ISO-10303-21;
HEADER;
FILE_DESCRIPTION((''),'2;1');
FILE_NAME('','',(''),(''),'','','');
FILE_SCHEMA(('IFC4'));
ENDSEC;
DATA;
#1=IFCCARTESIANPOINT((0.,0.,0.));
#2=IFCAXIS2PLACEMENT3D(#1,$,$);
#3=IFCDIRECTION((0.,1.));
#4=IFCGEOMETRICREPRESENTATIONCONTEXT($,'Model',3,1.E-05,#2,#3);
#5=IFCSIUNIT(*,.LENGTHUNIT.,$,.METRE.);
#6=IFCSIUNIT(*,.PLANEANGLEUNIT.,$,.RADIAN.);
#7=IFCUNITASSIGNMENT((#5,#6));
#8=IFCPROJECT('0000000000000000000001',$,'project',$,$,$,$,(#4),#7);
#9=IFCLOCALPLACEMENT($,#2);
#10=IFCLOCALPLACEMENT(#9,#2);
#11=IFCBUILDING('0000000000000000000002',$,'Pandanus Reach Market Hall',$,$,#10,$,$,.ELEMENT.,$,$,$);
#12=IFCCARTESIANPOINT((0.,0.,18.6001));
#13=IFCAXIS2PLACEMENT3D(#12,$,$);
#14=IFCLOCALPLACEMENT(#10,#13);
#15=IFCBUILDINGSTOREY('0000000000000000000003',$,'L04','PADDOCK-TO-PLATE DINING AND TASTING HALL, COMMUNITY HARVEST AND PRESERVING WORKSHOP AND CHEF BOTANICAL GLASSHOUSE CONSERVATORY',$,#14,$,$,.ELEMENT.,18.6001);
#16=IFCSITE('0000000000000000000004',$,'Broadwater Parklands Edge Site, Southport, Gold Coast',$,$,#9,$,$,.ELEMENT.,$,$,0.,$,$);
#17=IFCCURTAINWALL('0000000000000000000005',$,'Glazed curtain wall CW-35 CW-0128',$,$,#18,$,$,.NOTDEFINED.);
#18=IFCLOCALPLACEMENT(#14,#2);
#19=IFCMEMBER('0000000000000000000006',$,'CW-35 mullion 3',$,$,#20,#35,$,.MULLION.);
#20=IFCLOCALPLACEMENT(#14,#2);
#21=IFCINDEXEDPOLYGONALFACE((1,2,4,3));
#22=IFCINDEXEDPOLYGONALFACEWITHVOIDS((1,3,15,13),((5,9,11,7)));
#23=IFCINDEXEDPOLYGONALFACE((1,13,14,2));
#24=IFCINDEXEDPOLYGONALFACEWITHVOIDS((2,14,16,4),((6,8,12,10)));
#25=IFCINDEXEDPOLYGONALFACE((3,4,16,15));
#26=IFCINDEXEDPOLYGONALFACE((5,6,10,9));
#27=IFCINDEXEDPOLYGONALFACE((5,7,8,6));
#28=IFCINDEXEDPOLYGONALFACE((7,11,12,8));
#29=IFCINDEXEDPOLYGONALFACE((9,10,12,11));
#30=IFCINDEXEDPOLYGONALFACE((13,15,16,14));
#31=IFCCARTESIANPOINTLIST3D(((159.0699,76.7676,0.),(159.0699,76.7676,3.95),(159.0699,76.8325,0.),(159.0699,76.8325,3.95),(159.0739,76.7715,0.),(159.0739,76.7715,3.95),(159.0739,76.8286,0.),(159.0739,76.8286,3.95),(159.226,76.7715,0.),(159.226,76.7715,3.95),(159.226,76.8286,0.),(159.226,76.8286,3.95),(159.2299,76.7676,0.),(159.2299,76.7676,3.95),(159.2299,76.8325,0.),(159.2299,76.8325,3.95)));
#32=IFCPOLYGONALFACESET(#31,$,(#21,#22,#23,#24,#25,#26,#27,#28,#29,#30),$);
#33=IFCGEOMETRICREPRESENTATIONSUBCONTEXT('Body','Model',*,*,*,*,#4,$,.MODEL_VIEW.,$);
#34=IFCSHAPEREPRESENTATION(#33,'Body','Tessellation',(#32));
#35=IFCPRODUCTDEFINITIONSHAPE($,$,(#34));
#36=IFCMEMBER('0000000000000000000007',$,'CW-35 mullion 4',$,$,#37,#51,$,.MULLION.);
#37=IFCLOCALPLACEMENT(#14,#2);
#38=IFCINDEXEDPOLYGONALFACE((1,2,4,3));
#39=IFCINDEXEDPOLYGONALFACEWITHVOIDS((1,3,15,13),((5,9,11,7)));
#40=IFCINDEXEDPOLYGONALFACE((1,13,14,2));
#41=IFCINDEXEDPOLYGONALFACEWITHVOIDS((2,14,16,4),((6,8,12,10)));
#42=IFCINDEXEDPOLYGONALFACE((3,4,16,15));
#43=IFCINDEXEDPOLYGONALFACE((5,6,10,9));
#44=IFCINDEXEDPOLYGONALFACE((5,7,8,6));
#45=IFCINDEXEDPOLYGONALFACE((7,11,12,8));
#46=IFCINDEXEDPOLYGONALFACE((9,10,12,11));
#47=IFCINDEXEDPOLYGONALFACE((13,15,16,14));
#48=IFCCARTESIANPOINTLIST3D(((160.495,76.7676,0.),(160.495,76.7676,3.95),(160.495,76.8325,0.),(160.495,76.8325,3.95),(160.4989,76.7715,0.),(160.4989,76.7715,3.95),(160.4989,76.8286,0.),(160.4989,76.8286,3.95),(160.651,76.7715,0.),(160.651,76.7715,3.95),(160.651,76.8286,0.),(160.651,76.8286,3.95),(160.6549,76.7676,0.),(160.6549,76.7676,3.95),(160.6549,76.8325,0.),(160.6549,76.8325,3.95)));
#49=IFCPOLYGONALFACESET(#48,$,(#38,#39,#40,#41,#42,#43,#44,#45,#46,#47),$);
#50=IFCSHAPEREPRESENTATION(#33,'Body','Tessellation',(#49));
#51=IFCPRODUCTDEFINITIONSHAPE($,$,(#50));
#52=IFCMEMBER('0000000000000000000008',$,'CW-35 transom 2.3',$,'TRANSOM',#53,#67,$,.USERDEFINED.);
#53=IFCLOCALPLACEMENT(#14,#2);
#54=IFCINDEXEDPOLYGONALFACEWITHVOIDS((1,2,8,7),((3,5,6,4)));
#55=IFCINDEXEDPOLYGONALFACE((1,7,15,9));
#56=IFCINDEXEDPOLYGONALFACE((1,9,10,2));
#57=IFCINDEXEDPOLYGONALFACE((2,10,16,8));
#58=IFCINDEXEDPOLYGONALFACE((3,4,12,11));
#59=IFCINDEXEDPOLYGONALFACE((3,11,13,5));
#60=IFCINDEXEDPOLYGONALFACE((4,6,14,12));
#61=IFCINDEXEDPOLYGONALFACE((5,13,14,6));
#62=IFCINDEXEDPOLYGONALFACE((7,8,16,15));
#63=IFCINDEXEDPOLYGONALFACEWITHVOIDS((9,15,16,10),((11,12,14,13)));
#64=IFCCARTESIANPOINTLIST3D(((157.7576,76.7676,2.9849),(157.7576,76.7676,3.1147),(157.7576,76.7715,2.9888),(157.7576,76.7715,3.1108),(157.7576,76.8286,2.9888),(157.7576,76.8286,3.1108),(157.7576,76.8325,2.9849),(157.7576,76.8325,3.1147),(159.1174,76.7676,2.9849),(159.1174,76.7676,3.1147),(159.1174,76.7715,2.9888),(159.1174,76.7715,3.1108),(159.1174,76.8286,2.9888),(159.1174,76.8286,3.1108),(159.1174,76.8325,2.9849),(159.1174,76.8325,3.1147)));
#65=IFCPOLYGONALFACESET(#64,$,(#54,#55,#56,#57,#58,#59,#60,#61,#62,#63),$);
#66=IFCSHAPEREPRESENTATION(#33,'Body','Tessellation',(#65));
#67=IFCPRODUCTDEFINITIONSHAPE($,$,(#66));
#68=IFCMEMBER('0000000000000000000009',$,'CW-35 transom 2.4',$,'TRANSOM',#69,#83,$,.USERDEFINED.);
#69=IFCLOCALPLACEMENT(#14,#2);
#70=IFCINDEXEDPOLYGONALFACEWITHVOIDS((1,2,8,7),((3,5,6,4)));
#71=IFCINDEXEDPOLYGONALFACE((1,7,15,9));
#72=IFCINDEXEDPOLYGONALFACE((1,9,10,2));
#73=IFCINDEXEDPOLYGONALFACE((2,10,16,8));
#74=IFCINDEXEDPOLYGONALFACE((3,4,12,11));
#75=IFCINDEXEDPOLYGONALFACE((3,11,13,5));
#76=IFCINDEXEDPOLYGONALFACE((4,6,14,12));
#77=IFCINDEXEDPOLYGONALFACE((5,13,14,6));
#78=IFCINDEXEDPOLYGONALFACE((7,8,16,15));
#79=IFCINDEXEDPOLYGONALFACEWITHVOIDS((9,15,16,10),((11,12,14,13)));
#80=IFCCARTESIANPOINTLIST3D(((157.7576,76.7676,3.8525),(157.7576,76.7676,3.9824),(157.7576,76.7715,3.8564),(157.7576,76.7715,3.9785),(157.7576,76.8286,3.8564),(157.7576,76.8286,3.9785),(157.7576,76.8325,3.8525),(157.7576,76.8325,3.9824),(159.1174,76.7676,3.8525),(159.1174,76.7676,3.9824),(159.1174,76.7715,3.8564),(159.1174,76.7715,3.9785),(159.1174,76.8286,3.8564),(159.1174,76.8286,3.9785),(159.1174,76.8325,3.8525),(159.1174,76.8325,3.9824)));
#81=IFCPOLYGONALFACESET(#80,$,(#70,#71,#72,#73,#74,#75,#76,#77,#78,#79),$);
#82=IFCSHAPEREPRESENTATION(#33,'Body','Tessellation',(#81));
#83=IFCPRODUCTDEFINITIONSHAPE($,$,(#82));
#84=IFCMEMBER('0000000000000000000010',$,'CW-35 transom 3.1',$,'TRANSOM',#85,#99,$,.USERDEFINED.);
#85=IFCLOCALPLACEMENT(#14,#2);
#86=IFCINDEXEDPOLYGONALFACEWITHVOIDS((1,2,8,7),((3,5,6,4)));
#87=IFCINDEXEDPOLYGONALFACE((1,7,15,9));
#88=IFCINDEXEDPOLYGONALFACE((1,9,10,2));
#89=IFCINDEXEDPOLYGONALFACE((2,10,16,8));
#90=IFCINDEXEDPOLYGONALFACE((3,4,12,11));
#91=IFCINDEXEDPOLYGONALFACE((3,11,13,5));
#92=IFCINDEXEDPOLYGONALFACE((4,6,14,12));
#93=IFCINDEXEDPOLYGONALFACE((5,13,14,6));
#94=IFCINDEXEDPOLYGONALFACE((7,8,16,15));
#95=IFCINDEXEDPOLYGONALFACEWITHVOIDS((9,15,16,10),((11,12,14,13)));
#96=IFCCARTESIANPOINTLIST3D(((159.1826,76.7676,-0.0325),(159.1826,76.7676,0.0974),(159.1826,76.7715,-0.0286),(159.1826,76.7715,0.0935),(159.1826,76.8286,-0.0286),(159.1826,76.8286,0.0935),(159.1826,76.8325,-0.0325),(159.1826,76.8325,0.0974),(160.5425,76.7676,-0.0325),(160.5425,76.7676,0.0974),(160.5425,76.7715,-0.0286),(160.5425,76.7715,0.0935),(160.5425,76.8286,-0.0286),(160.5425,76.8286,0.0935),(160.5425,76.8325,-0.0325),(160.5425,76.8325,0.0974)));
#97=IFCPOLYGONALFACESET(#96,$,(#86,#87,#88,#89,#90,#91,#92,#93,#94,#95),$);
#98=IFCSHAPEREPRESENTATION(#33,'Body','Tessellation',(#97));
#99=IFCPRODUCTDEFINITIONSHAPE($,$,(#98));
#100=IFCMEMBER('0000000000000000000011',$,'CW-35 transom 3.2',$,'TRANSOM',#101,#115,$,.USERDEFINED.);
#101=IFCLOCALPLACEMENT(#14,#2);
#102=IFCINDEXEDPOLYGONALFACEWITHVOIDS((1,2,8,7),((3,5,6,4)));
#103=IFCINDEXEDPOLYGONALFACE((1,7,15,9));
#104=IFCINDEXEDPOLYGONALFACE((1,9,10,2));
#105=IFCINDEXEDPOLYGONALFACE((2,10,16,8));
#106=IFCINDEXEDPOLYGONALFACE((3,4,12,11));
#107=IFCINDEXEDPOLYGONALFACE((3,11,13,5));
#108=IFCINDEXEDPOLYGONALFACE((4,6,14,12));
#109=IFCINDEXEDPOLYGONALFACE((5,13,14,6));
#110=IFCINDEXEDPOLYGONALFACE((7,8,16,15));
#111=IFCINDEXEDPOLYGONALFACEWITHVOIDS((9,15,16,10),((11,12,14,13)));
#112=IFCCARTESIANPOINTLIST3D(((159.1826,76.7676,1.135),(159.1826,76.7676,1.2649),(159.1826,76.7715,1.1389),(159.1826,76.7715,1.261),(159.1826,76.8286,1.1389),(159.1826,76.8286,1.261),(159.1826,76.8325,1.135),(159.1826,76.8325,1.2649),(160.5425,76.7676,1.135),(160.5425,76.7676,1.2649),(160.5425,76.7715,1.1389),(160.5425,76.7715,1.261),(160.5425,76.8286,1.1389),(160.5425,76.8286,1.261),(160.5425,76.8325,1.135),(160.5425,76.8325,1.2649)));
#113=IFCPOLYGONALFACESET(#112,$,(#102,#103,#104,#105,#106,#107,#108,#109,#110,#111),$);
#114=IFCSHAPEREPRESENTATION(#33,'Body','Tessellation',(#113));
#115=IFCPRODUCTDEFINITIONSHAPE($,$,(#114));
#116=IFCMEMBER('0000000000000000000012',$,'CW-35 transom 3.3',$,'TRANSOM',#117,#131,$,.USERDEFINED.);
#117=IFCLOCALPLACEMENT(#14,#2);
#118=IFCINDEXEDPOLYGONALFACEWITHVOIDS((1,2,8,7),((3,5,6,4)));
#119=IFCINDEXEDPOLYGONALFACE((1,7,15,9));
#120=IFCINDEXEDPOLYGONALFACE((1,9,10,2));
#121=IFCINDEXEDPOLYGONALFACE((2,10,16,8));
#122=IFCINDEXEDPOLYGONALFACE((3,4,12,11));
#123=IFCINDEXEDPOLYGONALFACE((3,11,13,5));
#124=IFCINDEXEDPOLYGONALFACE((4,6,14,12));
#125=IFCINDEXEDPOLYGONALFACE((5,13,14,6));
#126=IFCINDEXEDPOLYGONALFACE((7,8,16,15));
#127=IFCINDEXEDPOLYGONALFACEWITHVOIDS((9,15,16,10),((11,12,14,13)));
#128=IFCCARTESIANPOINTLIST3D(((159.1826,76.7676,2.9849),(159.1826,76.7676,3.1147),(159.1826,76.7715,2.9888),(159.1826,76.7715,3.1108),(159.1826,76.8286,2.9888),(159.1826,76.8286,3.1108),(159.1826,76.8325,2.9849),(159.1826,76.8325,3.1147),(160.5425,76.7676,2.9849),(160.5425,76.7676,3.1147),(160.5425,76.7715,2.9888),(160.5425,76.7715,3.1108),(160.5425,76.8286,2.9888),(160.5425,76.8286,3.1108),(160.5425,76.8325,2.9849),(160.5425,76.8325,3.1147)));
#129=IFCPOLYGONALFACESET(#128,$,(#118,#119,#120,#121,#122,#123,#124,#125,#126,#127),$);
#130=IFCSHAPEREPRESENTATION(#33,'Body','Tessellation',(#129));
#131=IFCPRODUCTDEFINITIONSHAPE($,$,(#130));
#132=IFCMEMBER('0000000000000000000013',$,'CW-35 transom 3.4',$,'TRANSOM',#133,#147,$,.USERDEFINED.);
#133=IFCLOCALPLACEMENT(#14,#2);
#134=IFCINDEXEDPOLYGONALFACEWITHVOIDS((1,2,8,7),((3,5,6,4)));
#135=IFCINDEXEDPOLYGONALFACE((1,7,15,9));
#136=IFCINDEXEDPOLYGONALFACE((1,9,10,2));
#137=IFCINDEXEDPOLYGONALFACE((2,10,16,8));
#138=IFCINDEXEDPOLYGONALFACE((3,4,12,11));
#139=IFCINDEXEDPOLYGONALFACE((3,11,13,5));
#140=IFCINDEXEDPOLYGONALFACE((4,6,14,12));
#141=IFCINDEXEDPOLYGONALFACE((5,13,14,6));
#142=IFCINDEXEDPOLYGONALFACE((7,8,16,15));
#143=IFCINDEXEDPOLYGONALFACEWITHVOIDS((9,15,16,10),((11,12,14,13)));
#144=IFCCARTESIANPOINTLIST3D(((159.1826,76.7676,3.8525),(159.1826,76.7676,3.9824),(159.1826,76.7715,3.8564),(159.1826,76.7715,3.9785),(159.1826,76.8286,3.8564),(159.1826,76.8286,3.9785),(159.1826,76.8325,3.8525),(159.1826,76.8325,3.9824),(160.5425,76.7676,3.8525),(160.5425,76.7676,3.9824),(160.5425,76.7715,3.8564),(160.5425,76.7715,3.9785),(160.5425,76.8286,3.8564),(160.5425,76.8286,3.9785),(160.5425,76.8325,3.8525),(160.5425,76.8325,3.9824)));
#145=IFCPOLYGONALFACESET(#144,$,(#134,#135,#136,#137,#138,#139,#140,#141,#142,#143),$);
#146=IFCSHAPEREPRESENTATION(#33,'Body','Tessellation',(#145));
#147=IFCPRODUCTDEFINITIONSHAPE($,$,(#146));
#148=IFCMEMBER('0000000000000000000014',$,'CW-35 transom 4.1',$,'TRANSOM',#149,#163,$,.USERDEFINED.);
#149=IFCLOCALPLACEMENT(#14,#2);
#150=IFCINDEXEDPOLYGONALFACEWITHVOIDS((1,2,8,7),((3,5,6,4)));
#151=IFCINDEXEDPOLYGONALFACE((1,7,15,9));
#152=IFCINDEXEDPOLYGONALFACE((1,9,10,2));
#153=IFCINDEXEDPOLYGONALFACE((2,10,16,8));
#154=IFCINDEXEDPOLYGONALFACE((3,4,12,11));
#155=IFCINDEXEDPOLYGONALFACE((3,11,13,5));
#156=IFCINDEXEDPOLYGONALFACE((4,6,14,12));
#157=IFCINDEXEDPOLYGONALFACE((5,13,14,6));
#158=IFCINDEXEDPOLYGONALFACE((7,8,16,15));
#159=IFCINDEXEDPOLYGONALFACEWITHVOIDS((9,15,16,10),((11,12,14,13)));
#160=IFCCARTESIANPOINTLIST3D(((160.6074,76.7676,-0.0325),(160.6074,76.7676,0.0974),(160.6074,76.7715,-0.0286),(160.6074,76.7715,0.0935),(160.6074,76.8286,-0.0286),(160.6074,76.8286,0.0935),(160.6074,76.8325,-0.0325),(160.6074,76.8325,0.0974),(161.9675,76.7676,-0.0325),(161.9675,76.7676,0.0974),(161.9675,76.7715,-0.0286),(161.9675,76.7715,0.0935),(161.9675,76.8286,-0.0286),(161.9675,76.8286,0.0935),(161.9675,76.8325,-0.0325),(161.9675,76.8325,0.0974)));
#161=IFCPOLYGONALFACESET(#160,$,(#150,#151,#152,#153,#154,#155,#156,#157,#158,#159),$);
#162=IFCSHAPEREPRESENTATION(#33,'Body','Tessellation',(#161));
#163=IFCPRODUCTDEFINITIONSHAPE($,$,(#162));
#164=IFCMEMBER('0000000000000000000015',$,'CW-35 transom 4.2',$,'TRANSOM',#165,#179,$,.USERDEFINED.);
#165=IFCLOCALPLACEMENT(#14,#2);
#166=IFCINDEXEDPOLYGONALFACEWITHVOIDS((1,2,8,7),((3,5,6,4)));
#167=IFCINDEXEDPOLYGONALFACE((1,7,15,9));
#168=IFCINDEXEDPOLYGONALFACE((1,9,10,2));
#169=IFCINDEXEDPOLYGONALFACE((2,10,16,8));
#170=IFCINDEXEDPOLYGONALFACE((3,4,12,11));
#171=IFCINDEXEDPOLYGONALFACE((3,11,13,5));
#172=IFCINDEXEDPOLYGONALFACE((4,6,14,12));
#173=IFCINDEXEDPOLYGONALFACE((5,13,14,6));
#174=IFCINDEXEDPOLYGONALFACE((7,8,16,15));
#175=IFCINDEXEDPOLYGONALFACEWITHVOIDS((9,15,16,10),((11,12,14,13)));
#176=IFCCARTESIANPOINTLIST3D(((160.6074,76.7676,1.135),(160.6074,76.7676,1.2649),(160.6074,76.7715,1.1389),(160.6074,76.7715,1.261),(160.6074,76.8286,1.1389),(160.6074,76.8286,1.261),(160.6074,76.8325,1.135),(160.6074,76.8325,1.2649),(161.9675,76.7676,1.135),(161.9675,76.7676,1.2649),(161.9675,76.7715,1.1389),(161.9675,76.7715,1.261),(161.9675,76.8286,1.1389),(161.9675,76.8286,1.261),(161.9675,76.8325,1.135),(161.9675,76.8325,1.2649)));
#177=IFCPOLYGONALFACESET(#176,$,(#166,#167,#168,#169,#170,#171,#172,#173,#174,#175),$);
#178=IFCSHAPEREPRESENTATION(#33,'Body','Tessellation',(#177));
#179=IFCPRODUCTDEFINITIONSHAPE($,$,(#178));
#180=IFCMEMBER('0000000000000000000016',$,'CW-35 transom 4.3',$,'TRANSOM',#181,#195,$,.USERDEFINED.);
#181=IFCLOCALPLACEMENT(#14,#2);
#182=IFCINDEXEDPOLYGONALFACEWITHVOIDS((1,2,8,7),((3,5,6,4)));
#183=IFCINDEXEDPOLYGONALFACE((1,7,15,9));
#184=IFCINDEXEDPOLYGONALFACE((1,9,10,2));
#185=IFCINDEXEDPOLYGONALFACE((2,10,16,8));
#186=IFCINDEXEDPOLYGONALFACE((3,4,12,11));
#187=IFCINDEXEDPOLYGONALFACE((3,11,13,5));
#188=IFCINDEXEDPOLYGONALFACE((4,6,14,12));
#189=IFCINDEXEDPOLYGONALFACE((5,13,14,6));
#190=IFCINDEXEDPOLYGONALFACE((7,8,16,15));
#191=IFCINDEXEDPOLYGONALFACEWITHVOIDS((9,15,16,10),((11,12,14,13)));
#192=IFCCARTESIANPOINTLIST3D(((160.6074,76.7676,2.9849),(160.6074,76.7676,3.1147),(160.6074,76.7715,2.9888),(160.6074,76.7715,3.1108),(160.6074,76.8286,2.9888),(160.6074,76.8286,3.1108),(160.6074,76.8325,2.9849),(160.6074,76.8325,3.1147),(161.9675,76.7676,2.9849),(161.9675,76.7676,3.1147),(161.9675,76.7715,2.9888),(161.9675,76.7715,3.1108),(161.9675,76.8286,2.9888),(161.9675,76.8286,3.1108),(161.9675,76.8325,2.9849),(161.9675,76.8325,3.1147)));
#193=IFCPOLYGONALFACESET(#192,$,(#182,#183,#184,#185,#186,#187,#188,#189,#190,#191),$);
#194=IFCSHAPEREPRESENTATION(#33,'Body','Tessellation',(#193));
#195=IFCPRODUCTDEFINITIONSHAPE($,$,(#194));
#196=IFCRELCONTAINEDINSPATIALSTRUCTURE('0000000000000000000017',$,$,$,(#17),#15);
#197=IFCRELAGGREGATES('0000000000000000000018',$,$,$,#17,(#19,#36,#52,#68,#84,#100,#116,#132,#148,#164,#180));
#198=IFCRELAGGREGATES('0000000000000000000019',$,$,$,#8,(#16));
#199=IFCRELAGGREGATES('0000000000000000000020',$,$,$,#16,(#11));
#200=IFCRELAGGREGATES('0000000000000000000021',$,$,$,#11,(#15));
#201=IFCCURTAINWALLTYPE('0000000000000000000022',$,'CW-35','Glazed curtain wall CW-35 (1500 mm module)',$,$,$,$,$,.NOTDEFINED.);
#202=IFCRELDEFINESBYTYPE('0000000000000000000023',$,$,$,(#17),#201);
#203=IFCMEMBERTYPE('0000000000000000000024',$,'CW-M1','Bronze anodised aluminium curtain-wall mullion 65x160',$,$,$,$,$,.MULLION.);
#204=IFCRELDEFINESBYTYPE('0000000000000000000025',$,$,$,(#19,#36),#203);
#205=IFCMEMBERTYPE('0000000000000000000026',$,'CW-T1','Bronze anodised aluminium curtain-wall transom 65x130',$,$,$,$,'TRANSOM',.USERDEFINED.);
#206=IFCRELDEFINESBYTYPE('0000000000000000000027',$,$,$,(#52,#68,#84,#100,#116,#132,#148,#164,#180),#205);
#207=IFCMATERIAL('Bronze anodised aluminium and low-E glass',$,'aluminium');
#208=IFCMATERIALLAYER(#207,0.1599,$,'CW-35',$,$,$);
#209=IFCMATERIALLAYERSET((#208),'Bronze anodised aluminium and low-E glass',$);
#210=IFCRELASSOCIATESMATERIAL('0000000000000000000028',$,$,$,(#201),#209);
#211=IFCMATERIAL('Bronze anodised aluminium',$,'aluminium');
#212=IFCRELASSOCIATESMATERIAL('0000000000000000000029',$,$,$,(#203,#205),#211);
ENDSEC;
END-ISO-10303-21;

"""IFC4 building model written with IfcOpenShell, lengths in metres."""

from ifc_helpers import new_model, si_unit, direction, frame, origin, origin_2d, place, context, subcontext, project, spatial, hollow_rectangle, extrude, material, layer, layer_set, material_profile, profile_set, type_object, element, aggregate, save


model = new_model("IFC4")

# Units and contexts
model_context = context("Model", 3, precision=1e-05, world=origin(), true_north=direction((0.0, 1.0)))
body_context = subcontext(model_context, "Body", "Model", "MODEL_VIEW")
ifc_project = project(units=[si_unit("LENGTHUNIT", "METRE"), si_unit("PLANEANGLEUNIT", "RADIAN")], contexts=[model_context])

# Site, building, storey
site_placement = place(None, origin())
site = spatial("IfcSite", under=ifc_project, at=site_placement, Name="Broadwater Parklands Edge Site, Southport, Gold Coast", CompositionType="ELEMENT", RefElevation=0.0)
building_placement = place(site_placement, origin())
building = spatial("IfcBuilding", under=site, at=building_placement, Name="Pandanus Reach Market Hall", CompositionType="ELEMENT")
storey_placement = place(building_placement, frame((0.0, 0.0, 18.6001)))
storey = spatial("IfcBuildingStorey", under=building, at=storey_placement, Name="L04", Description="PADDOCK-TO-PLATE DINING AND TASTING HALL, COMMUNITY HARVEST AND PRESERVING WORKSHOP AND CHEF BOTANICAL GLASSHOUSE CONSERVATORY", CompositionType="ELEMENT", Elevation=18.6001)

# Curtain wall, members
ifc_material_1 = material(Name="Bronze anodised aluminium and low-E glass", Category="aluminium")
ifc_layer_1 = layer(ifc_material_1, 0.1599, Name="CW-35")
ifc_layer_set_1 = layer_set([ifc_layer_1], Name="Bronze anodised aluminium and low-E glass")
curtain_wall_type = type_object("IfcCurtainWallType", Name="CW-35", Description="Glazed curtain wall CW-35 (1500 mm module)", PredefinedType="NOTDEFINED", material=ifc_layer_set_1)
curtain_wall_placement = place(storey_placement, origin())
curtain_wall = element("IfcCurtainWall", 1, at=curtain_wall_placement, inside=storey, type_object=curtain_wall_type, Name="Glazed curtain wall CW-35 CW-0128", PredefinedType="NOTDEFINED")
ifc_material_2 = material(Name="Bronze anodised aluminium", Category="aluminium")
ifc_material_profile_1 = material_profile(ifc_material_2, hollow_rectangle(XDim=0.0649, YDim=0.1599, WallThickness=0.0039, at=origin_2d()), Name="ALU65x160", Category="LoadBearing")
ifc_profile_set_1 = profile_set([ifc_material_profile_1], Name="Bronze anodised aluminium")
member_type_1 = type_object("IfcMemberType", Name="CW-M1", Description="Bronze anodised aluminium curtain-wall mullion 65x160", PredefinedType="MULLION", material=ifc_profile_set_1)
member_1_placement = place(storey_placement, frame((159.1499, 76.8, 0.0), z_axis=(0.0, 0.0, 1.0), x_axis=(0.0, 1.0, 0.0)))
member_1 = element("IfcMember", 2, at=member_1_placement, type_object=member_type_1, Name="CW-35 mullion 3", PredefinedType="MULLION", context=body_context, shape_type="SweptSolid", body=[
    extrude(hollow_rectangle(XDim=0.0649, YDim=0.1599, WallThickness=0.0039, at=origin_2d()), origin(), (0.0, 0.0, 1.0), 3.95),
])
member_2_placement = place(storey_placement, frame((160.575, 76.8, 0.0), z_axis=(0.0, 0.0, 1.0), x_axis=(0.0, 1.0, 0.0)))
member_2 = element("IfcMember", 3, at=member_2_placement, type_object=member_type_1, Name="CW-35 mullion 4", PredefinedType="MULLION", context=body_context, shape_type="SweptSolid", body=[
    extrude(hollow_rectangle(XDim=0.0649, YDim=0.1599, WallThickness=0.0039, at=origin_2d()), origin(), (0.0, 0.0, 1.0), 3.95),
])
ifc_material_profile_2 = material_profile(ifc_material_2, hollow_rectangle(XDim=0.0649, YDim=0.1299, WallThickness=0.0039, at=origin_2d()), Name="ALU65x130", Category="LoadBearing")
ifc_profile_set_2 = profile_set([ifc_material_profile_2], Name="Bronze anodised aluminium")
member_type_2 = type_object("IfcMemberType", Name="CW-T1", Description="Bronze anodised aluminium curtain-wall transom 65x130", ElementType="TRANSOM", PredefinedType="USERDEFINED", material=ifc_profile_set_2)
member_3_placement = place(storey_placement, frame((157.7576, 76.8, 3.0498), z_axis=(1.0, 0.0, 0.0), x_axis=(0.0, 1.0, 0.0)))
member_3 = element("IfcMember", 4, at=member_3_placement, type_object=member_type_2, Name="CW-35 transom 2.3", ObjectType="TRANSOM", PredefinedType="USERDEFINED", context=body_context, shape_type="SweptSolid", body=[
    extrude(hollow_rectangle(XDim=0.0649, YDim=0.1299, WallThickness=0.0039, at=origin_2d()), origin(), (0.0, 0.0, 1.0), 1.3599),
])
member_4_placement = place(storey_placement, frame((157.7576, 76.8, 3.9175), z_axis=(1.0, 0.0, 0.0), x_axis=(0.0, 1.0, 0.0)))
member_4 = element("IfcMember", 5, at=member_4_placement, type_object=member_type_2, Name="CW-35 transom 2.4", ObjectType="TRANSOM", PredefinedType="USERDEFINED", context=body_context, shape_type="SweptSolid", body=[
    extrude(hollow_rectangle(XDim=0.0649, YDim=0.1299, WallThickness=0.0039, at=origin_2d()), origin(), (0.0, 0.0, 1.0), 1.3599),
])
member_5_placement = place(storey_placement, frame((159.1826, 76.8, 0.0325), z_axis=(1.0, 0.0, 0.0), x_axis=(0.0, 1.0, 0.0)))
member_5 = element("IfcMember", 6, at=member_5_placement, type_object=member_type_2, Name="CW-35 transom 3.1", ObjectType="TRANSOM", PredefinedType="USERDEFINED", context=body_context, shape_type="SweptSolid", body=[
    extrude(hollow_rectangle(XDim=0.0649, YDim=0.1299, WallThickness=0.0039, at=origin_2d()), origin(), (0.0, 0.0, 1.0), 1.3599),
])
member_6_placement = place(storey_placement, frame((159.1826, 76.8, 1.2), z_axis=(1.0, 0.0, 0.0), x_axis=(0.0, 1.0, 0.0)))
member_6 = element("IfcMember", 7, at=member_6_placement, type_object=member_type_2, Name="CW-35 transom 3.2", ObjectType="TRANSOM", PredefinedType="USERDEFINED", context=body_context, shape_type="SweptSolid", body=[
    extrude(hollow_rectangle(XDim=0.0649, YDim=0.1299, WallThickness=0.0039, at=origin_2d()), origin(), (0.0, 0.0, 1.0), 1.3599),
])
member_7_placement = place(storey_placement, frame((159.1826, 76.8, 3.0498), z_axis=(1.0, 0.0, 0.0), x_axis=(0.0, 1.0, 0.0)))
member_7 = element("IfcMember", 8, at=member_7_placement, type_object=member_type_2, Name="CW-35 transom 3.3", ObjectType="TRANSOM", PredefinedType="USERDEFINED", context=body_context, shape_type="SweptSolid", body=[
    extrude(hollow_rectangle(XDim=0.0649, YDim=0.1299, WallThickness=0.0039, at=origin_2d()), origin(), (0.0, 0.0, 1.0), 1.3599),
])
member_8_placement = place(storey_placement, frame((159.1826, 76.8, 3.9175), z_axis=(1.0, 0.0, 0.0), x_axis=(0.0, 1.0, 0.0)))
member_8 = element("IfcMember", 9, at=member_8_placement, type_object=member_type_2, Name="CW-35 transom 3.4", ObjectType="TRANSOM", PredefinedType="USERDEFINED", context=body_context, shape_type="SweptSolid", body=[
    extrude(hollow_rectangle(XDim=0.0649, YDim=0.1299, WallThickness=0.0039, at=origin_2d()), origin(), (0.0, 0.0, 1.0), 1.3599),
])
member_9_placement = place(storey_placement, frame((160.6074, 76.8, 0.0325), z_axis=(1.0, 0.0, 0.0), x_axis=(0.0, 1.0, 0.0)))
member_9 = element("IfcMember", 10, at=member_9_placement, type_object=member_type_2, Name="CW-35 transom 4.1", ObjectType="TRANSOM", PredefinedType="USERDEFINED", context=body_context, shape_type="SweptSolid", body=[
    extrude(hollow_rectangle(XDim=0.0649, YDim=0.1299, WallThickness=0.0039, at=origin_2d()), origin(), (0.0, 0.0, 1.0), 1.3601),
])
member_10_placement = place(storey_placement, frame((160.6074, 76.8, 1.2), z_axis=(1.0, 0.0, 0.0), x_axis=(0.0, 1.0, 0.0)))
member_10 = element("IfcMember", 11, at=member_10_placement, type_object=member_type_2, Name="CW-35 transom 4.2", ObjectType="TRANSOM", PredefinedType="USERDEFINED", context=body_context, shape_type="SweptSolid", body=[
    extrude(hollow_rectangle(XDim=0.0649, YDim=0.1299, WallThickness=0.0039, at=origin_2d()), origin(), (0.0, 0.0, 1.0), 1.3601),
])
member_11_placement = place(storey_placement, frame((160.6074, 76.8, 3.0498), z_axis=(1.0, 0.0, 0.0), x_axis=(0.0, 1.0, 0.0)))
member_11 = element("IfcMember", 12, at=member_11_placement, type_object=member_type_2, Name="CW-35 transom 4.3", ObjectType="TRANSOM", PredefinedType="USERDEFINED", context=body_context, shape_type="SweptSolid", body=[
    extrude(hollow_rectangle(XDim=0.0649, YDim=0.1299, WallThickness=0.0039, at=origin_2d()), origin(), (0.0, 0.0, 1.0), 1.3601),
])
aggregate(curtain_wall, [member_1, member_2, member_3, member_4, member_5, member_6, member_7, member_8, member_9, member_10, member_11])

save(model, "model.ifc")
